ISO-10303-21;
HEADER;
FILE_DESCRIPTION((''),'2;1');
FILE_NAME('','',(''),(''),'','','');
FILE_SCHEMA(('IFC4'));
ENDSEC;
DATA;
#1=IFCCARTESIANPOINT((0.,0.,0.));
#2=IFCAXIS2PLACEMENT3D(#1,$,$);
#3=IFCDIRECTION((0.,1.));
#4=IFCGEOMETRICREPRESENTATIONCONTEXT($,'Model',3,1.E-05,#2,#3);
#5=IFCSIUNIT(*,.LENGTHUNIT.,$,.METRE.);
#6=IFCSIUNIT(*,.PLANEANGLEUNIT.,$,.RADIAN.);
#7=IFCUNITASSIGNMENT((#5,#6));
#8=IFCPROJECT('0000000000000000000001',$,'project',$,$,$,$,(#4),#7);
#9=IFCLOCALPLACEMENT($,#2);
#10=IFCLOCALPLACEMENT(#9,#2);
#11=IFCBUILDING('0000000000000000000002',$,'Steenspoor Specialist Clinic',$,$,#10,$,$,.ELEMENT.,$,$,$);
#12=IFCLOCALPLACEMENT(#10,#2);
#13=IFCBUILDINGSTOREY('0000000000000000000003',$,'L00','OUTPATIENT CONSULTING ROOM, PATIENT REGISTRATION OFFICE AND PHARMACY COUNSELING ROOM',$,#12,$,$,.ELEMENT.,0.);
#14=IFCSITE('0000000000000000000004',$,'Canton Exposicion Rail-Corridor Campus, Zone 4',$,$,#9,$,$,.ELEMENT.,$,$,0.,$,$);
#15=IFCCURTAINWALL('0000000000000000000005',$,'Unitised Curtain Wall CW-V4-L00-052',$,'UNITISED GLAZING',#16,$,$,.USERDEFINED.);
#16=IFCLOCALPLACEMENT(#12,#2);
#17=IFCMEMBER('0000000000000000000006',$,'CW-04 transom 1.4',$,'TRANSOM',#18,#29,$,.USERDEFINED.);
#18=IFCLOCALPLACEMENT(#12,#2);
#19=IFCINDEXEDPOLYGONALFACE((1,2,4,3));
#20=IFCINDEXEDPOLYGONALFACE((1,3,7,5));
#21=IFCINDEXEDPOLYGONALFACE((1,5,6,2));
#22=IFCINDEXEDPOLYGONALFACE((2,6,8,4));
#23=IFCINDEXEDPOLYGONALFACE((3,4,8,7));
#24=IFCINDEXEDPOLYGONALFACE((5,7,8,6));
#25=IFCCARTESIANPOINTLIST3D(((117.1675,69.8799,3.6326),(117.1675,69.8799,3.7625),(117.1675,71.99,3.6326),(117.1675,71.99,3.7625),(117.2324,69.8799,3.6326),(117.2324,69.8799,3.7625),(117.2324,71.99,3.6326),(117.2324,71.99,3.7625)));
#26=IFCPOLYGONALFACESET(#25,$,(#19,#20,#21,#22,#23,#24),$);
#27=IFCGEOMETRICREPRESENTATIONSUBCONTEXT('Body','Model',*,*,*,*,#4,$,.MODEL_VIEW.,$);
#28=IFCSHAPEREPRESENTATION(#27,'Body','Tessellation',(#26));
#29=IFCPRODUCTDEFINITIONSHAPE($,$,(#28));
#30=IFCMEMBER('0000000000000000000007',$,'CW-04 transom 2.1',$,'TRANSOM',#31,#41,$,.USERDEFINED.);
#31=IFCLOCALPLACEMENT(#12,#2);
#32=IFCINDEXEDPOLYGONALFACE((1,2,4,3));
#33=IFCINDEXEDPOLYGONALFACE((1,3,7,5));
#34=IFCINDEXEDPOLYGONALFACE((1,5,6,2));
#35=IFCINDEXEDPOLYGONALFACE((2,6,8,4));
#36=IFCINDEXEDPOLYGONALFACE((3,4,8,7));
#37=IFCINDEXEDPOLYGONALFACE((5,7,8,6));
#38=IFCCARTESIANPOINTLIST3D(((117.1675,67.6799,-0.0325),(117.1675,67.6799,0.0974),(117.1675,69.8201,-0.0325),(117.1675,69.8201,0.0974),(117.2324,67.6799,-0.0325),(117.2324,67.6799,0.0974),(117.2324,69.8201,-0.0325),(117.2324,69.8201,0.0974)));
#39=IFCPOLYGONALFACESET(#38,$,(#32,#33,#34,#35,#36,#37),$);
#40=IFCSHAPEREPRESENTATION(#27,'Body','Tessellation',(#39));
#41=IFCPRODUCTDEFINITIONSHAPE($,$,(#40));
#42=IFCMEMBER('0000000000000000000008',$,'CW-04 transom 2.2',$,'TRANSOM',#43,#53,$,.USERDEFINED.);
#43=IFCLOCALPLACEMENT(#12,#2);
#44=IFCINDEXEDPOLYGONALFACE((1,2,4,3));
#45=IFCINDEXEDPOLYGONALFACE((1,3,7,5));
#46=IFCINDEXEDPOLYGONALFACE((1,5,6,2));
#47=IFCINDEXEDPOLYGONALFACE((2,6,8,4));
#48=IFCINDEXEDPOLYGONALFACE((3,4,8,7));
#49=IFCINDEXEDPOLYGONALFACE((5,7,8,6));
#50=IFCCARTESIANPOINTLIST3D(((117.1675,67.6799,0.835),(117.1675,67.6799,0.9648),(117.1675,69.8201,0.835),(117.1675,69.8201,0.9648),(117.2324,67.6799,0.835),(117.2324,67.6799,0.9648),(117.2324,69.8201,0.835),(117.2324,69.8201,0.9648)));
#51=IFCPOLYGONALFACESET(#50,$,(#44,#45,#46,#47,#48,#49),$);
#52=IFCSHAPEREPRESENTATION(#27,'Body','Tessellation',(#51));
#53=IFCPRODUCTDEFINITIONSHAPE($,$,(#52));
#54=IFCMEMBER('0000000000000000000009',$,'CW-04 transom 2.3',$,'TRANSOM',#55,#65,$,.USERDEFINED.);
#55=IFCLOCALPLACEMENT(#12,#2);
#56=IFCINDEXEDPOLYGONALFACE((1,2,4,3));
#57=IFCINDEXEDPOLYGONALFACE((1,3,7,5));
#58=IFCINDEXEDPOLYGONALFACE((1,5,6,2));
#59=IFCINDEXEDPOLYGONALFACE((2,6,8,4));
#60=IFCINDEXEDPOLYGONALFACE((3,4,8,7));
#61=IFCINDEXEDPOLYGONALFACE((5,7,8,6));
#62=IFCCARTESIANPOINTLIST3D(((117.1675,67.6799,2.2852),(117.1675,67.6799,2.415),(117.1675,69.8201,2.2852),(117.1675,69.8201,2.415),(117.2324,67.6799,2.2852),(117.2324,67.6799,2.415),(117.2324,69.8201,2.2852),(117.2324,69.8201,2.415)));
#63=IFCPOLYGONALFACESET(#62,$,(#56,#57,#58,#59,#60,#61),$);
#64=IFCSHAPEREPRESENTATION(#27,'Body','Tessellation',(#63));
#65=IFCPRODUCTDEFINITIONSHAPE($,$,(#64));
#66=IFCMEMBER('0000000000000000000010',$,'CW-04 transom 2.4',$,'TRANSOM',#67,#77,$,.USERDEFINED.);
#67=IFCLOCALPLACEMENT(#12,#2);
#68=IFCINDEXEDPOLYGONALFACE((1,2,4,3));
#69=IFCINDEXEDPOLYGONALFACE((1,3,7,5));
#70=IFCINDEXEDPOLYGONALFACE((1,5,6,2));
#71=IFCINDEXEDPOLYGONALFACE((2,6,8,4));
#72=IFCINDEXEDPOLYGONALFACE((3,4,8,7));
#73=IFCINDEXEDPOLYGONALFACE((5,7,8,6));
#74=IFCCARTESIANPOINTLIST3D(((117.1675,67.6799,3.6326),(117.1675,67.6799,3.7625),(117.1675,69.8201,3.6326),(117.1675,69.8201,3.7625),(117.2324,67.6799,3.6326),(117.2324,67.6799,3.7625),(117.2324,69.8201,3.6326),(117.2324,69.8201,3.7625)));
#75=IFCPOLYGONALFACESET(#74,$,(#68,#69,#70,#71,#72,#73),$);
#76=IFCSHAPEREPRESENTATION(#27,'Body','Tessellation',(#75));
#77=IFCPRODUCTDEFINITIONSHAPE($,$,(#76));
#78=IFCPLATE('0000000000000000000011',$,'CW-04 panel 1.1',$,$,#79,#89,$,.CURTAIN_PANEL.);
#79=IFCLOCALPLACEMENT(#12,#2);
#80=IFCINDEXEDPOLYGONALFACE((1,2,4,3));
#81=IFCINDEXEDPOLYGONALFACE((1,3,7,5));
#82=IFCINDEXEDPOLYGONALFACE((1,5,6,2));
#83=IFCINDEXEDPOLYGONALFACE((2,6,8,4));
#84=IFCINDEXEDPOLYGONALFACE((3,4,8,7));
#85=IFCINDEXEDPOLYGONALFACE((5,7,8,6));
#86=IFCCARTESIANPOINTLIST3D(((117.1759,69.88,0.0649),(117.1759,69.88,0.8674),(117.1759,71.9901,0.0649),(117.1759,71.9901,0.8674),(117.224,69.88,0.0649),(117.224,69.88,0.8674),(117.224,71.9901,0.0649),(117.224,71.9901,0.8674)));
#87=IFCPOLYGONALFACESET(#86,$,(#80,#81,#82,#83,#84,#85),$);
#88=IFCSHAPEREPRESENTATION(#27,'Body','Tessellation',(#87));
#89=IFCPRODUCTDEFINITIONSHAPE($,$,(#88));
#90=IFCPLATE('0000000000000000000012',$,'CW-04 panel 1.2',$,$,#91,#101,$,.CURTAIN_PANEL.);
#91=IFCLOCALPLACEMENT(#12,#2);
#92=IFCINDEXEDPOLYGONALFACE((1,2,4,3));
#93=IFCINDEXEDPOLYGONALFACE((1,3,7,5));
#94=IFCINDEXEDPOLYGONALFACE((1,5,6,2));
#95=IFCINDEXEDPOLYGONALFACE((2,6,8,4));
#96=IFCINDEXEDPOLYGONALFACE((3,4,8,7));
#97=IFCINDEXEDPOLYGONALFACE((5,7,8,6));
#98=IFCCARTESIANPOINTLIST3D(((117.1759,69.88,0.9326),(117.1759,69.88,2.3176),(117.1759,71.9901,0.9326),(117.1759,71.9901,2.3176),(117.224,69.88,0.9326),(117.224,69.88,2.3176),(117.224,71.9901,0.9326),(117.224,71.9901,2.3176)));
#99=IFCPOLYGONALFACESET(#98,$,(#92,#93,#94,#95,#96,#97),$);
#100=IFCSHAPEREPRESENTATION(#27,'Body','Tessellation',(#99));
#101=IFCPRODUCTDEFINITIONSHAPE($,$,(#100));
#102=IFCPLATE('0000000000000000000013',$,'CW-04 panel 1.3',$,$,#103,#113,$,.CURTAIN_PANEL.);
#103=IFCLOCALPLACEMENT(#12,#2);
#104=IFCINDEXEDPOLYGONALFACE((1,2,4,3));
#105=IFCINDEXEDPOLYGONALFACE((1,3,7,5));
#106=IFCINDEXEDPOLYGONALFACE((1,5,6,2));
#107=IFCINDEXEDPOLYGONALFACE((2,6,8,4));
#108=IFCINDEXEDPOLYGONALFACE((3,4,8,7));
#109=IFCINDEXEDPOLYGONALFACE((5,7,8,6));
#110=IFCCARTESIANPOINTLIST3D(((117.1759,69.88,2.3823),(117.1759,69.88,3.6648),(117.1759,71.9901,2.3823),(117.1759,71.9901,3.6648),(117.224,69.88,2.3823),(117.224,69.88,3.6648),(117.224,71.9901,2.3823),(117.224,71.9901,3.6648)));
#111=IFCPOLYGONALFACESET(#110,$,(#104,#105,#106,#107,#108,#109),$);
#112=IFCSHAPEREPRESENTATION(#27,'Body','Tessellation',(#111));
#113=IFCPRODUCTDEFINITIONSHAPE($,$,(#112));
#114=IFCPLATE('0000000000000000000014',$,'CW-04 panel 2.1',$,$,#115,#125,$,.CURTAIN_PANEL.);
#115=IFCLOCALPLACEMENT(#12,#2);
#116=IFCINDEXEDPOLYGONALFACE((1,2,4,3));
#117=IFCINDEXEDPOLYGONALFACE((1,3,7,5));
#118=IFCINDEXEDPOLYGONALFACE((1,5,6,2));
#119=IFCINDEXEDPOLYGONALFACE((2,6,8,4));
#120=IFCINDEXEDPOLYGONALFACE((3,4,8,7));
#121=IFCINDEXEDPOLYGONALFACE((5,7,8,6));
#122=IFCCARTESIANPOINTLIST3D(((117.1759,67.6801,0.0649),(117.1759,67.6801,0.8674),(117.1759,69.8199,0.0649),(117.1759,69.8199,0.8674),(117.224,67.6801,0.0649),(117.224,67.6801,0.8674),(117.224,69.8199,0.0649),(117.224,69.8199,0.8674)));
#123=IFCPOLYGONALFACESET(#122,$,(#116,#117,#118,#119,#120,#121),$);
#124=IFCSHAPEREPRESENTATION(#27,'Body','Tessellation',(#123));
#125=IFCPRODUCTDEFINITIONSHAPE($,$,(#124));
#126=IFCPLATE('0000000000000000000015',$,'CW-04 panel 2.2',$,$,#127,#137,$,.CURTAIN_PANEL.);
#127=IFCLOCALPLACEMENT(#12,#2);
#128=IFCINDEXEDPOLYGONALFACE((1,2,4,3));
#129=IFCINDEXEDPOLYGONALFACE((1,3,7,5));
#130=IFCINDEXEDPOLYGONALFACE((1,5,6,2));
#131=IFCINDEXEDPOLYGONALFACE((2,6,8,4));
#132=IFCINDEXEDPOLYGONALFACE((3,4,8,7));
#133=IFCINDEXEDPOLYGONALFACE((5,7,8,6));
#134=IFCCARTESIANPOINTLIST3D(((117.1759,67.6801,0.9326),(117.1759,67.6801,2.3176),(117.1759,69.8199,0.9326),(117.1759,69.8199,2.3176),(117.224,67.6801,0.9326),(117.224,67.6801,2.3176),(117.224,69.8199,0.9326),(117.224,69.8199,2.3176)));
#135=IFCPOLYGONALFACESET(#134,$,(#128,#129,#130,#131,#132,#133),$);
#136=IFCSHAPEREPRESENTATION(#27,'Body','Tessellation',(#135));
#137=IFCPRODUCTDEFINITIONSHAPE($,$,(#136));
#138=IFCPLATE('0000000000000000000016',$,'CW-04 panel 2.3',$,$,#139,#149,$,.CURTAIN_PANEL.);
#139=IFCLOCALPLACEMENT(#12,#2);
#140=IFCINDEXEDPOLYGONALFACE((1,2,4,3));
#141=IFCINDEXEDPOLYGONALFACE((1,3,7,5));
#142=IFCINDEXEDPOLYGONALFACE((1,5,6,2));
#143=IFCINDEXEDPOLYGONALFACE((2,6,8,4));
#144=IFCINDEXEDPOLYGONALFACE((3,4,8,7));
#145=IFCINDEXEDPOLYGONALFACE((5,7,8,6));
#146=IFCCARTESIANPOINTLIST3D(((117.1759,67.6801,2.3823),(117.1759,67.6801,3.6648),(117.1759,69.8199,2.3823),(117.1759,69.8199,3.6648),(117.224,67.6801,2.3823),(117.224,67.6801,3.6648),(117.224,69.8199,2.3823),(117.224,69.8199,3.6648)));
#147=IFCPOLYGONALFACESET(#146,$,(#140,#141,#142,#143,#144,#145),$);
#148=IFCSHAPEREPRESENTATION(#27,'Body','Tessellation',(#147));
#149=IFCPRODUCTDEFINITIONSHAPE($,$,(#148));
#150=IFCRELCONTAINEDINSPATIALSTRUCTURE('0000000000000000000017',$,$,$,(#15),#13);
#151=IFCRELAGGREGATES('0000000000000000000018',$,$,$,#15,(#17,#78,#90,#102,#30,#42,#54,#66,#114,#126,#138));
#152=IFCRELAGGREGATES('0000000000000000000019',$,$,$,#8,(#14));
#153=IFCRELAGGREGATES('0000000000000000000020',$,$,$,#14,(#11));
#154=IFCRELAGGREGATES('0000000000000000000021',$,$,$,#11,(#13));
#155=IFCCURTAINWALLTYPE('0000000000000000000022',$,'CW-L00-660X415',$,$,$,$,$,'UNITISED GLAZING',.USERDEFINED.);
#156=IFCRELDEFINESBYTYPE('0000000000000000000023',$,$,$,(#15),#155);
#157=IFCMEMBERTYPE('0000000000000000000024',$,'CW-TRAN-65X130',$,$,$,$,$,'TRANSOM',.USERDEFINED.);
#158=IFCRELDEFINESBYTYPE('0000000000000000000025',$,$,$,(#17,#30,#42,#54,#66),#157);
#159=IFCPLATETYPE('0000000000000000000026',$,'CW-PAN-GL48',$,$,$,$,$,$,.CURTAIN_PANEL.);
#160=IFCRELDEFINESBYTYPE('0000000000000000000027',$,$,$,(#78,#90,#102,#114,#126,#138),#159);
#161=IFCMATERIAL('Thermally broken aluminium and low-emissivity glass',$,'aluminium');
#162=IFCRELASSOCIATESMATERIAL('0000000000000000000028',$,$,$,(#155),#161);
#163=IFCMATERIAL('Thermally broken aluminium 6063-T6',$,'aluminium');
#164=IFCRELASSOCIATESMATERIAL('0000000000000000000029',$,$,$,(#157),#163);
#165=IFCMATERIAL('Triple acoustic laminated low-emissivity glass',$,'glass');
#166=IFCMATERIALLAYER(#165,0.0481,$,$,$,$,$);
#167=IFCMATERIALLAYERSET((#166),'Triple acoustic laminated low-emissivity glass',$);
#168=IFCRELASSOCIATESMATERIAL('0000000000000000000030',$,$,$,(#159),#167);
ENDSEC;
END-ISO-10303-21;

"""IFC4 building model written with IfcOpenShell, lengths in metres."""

from ifc_helpers import new_model, si_unit, direction, frame, origin, origin_2d, place, context, subcontext, project, spatial, rectangle, extrude, material, layer, layer_set, material_profile, profile_set, type_object, element, aggregate, save


model = new_model("IFC4")

# Units and contexts
model_context = context("Model", 3, precision=1e-05, world=origin(), true_north=direction((0.0, 1.0)))
body_context = subcontext(model_context, "Body", "Model", "MODEL_VIEW")
ifc_project = project(units=[si_unit("LENGTHUNIT", "METRE"), si_unit("PLANEANGLEUNIT", "RADIAN")], contexts=[model_context])

# Site, building, storey
site_placement = place(None, origin())
site = spatial("IfcSite", under=ifc_project, at=site_placement, Name="Canton Exposicion Rail-Corridor Campus, Zone 4", CompositionType="ELEMENT", RefElevation=0.0)
building_placement = place(site_placement, origin())
building = spatial("IfcBuilding", under=site, at=building_placement, Name="Steenspoor Specialist Clinic", CompositionType="ELEMENT")
storey_placement = place(building_placement, origin())
storey = spatial("IfcBuildingStorey", under=building, at=storey_placement, Name="L00", Description="OUTPATIENT CONSULTING ROOM, PATIENT REGISTRATION OFFICE AND PHARMACY COUNSELING ROOM", CompositionType="ELEMENT", Elevation=0.0)

# Curtain wall, members, plates
ifc_material_1 = material(Name="Thermally broken aluminium and low-emissivity glass", Category="aluminium")
curtain_wall_type = type_object("IfcCurtainWallType", Name="CW-L00-660X415", ElementType="UNITISED GLAZING", PredefinedType="USERDEFINED", material=ifc_material_1)
curtain_wall_placement = place(storey_placement, origin())
curtain_wall = element("IfcCurtainWall", 1, at=curtain_wall_placement, inside=storey, type_object=curtain_wall_type, Name="Unitised Curtain Wall CW-V4-L00-052", ObjectType="UNITISED GLAZING", PredefinedType="USERDEFINED")
ifc_material_2 = material(Name="Thermally broken aluminium 6063-T6", Category="aluminium")
ifc_material_profile_1 = material_profile(ifc_material_2, rectangle(XDim=0.0649, YDim=0.1299, at=origin_2d()), Name="CWT-65X130")
ifc_profile_set_1 = profile_set([ifc_material_profile_1], Name="Thermally broken aluminium 6063-T6")
member_type_1 = type_object("IfcMemberType", Name="CW-TRAN-65X130", ElementType="TRANSOM", PredefinedType="USERDEFINED", material=ifc_profile_set_1)
member_1_placement = place(storey_placement, frame((117.2, 71.99, 3.6975), z_axis=(0.0, -1.0, 0.0), x_axis=(1.0, 0.0, 0.0)))
member_1 = element("IfcMember", 2, at=member_1_placement, type_object=member_type_1, Name="CW-04 transom 1.4", ObjectType="TRANSOM", PredefinedType="USERDEFINED", context=body_context, shape_type="SweptSolid", body=[
    extrude(rectangle(XDim=0.0649, YDim=0.1299, at=origin_2d()), origin(), (0.0, 0.0, 1.0), 2.1101),
])
member_2_placement = place(storey_placement, frame((117.2, 69.8201, 0.0325), z_axis=(0.0, -1.0, 0.0), x_axis=(1.0, 0.0, 0.0)))
member_2 = element("IfcMember", 3, at=member_2_placement, type_object=member_type_1, Name="CW-04 transom 2.1", ObjectType="TRANSOM", PredefinedType="USERDEFINED", context=body_context, shape_type="SweptSolid", body=[
    extrude(rectangle(XDim=0.0649, YDim=0.1299, at=origin_2d()), origin(), (0.0, 0.0, 1.0), 2.1401),
])
member_3_placement = place(storey_placement, frame((117.2, 69.8201, 0.8999), z_axis=(0.0, -1.0, 0.0), x_axis=(1.0, 0.0, 0.0)))
member_3 = element("IfcMember", 4, at=member_3_placement, type_object=member_type_1, Name="CW-04 transom 2.2", ObjectType="TRANSOM", PredefinedType="USERDEFINED", context=body_context, shape_type="SweptSolid", body=[
    extrude(rectangle(XDim=0.0649, YDim=0.1299, at=origin_2d()), origin(), (0.0, 0.0, 1.0), 2.1401),
])
member_4_placement = place(storey_placement, frame((117.2, 69.8201, 2.3501), z_axis=(0.0, -1.0, 0.0), x_axis=(1.0, 0.0, 0.0)))
member_4 = element("IfcMember", 5, at=member_4_placement, type_object=member_type_1, Name="CW-04 transom 2.3", ObjectType="TRANSOM", PredefinedType="USERDEFINED", context=body_context, shape_type="SweptSolid", body=[
    extrude(rectangle(XDim=0.0649, YDim=0.1299, at=origin_2d()), origin(), (0.0, 0.0, 1.0), 2.1401),
])
member_5_placement = place(storey_placement, frame((117.2, 69.8201, 3.6975), z_axis=(0.0, -1.0, 0.0), x_axis=(1.0, 0.0, 0.0)))
member_5 = element("IfcMember", 6, at=member_5_placement, type_object=member_type_1, Name="CW-04 transom 2.4", ObjectType="TRANSOM", PredefinedType="USERDEFINED", context=body_context, shape_type="SweptSolid", body=[
    extrude(rectangle(XDim=0.0649, YDim=0.1299, at=origin_2d()), origin(), (0.0, 0.0, 1.0), 2.1401),
])
ifc_material_3 = material(Name="Triple acoustic laminated low-emissivity glass", Category="glass")
ifc_layer = layer(ifc_material_3, 0.0481)
ifc_layer_set = layer_set([ifc_layer], Name="Triple acoustic laminated low-emissivity glass")
plate_type = type_object("IfcPlateType", Name="CW-PAN-GL48", PredefinedType="CURTAIN_PANEL", material=ifc_layer_set)
plate_1_placement = place(storey_placement, frame((117.2, 70.9351, 0.0649), z_axis=(0.0, 0.0, 1.0), x_axis=(0.0, -1.0, 0.0)))
plate_1 = element("IfcPlate", 7, at=plate_1_placement, type_object=plate_type, Name="CW-04 panel 1.1", PredefinedType="CURTAIN_PANEL", context=body_context, shape_type="SweptSolid", body=[
    extrude(rectangle(XDim=2.1101, YDim=0.0481, at=origin_2d()), origin(), (0.0, 0.0, 1.0), 0.8025),
])
plate_2_placement = place(storey_placement, frame((117.2, 70.9351, 0.9326), z_axis=(0.0, 0.0, 1.0), x_axis=(0.0, -1.0, 0.0)))
plate_2 = element("IfcPlate", 8, at=plate_2_placement, type_object=plate_type, Name="CW-04 panel 1.2", PredefinedType="CURTAIN_PANEL", context=body_context, shape_type="SweptSolid", body=[
    extrude(rectangle(XDim=2.1101, YDim=0.0481, at=origin_2d()), origin(), (0.0, 0.0, 1.0), 1.385),
])
plate_3_placement = place(storey_placement, frame((117.2, 70.9351, 2.3823), z_axis=(0.0, 0.0, 1.0), x_axis=(0.0, -1.0, 0.0)))
plate_3 = element("IfcPlate", 9, at=plate_3_placement, type_object=plate_type, Name="CW-04 panel 1.3", PredefinedType="CURTAIN_PANEL", context=body_context, shape_type="SweptSolid", body=[
    extrude(rectangle(XDim=2.1101, YDim=0.0481, at=origin_2d()), origin(), (0.0, 0.0, 1.0), 1.2825),
])
plate_4_placement = place(storey_placement, frame((117.2, 68.75, 0.0649), z_axis=(0.0, 0.0, 1.0), x_axis=(0.0, -1.0, 0.0)))
plate_4 = element("IfcPlate", 10, at=plate_4_placement, type_object=plate_type, Name="CW-04 panel 2.1", PredefinedType="CURTAIN_PANEL", context=body_context, shape_type="SweptSolid", body=[
    extrude(rectangle(XDim=2.1399, YDim=0.0481, at=origin_2d()), origin(), (0.0, 0.0, 1.0), 0.8025),
])
plate_5_placement = place(storey_placement, frame((117.2, 68.75, 0.9326), z_axis=(0.0, 0.0, 1.0), x_axis=(0.0, -1.0, 0.0)))
plate_5 = element("IfcPlate", 11, at=plate_5_placement, type_object=plate_type, Name="CW-04 panel 2.2", PredefinedType="CURTAIN_PANEL", context=body_context, shape_type="SweptSolid", body=[
    extrude(rectangle(XDim=2.1399, YDim=0.0481, at=origin_2d()), origin(), (0.0, 0.0, 1.0), 1.385),
])
plate_6_placement = place(storey_placement, frame((117.2, 68.75, 2.3823), z_axis=(0.0, 0.0, 1.0), x_axis=(0.0, -1.0, 0.0)))
plate_6 = element("IfcPlate", 12, at=plate_6_placement, type_object=plate_type, Name="CW-04 panel 2.3", PredefinedType="CURTAIN_PANEL", context=body_context, shape_type="SweptSolid", body=[
    extrude(rectangle(XDim=2.1399, YDim=0.0481, at=origin_2d()), origin(), (0.0, 0.0, 1.0), 1.2825),
])
aggregate(curtain_wall, [member_1, plate_1, plate_2, plate_3, member_2, member_3, member_4, member_5, plate_4, plate_5, plate_6])

save(model, "model.ifc")
